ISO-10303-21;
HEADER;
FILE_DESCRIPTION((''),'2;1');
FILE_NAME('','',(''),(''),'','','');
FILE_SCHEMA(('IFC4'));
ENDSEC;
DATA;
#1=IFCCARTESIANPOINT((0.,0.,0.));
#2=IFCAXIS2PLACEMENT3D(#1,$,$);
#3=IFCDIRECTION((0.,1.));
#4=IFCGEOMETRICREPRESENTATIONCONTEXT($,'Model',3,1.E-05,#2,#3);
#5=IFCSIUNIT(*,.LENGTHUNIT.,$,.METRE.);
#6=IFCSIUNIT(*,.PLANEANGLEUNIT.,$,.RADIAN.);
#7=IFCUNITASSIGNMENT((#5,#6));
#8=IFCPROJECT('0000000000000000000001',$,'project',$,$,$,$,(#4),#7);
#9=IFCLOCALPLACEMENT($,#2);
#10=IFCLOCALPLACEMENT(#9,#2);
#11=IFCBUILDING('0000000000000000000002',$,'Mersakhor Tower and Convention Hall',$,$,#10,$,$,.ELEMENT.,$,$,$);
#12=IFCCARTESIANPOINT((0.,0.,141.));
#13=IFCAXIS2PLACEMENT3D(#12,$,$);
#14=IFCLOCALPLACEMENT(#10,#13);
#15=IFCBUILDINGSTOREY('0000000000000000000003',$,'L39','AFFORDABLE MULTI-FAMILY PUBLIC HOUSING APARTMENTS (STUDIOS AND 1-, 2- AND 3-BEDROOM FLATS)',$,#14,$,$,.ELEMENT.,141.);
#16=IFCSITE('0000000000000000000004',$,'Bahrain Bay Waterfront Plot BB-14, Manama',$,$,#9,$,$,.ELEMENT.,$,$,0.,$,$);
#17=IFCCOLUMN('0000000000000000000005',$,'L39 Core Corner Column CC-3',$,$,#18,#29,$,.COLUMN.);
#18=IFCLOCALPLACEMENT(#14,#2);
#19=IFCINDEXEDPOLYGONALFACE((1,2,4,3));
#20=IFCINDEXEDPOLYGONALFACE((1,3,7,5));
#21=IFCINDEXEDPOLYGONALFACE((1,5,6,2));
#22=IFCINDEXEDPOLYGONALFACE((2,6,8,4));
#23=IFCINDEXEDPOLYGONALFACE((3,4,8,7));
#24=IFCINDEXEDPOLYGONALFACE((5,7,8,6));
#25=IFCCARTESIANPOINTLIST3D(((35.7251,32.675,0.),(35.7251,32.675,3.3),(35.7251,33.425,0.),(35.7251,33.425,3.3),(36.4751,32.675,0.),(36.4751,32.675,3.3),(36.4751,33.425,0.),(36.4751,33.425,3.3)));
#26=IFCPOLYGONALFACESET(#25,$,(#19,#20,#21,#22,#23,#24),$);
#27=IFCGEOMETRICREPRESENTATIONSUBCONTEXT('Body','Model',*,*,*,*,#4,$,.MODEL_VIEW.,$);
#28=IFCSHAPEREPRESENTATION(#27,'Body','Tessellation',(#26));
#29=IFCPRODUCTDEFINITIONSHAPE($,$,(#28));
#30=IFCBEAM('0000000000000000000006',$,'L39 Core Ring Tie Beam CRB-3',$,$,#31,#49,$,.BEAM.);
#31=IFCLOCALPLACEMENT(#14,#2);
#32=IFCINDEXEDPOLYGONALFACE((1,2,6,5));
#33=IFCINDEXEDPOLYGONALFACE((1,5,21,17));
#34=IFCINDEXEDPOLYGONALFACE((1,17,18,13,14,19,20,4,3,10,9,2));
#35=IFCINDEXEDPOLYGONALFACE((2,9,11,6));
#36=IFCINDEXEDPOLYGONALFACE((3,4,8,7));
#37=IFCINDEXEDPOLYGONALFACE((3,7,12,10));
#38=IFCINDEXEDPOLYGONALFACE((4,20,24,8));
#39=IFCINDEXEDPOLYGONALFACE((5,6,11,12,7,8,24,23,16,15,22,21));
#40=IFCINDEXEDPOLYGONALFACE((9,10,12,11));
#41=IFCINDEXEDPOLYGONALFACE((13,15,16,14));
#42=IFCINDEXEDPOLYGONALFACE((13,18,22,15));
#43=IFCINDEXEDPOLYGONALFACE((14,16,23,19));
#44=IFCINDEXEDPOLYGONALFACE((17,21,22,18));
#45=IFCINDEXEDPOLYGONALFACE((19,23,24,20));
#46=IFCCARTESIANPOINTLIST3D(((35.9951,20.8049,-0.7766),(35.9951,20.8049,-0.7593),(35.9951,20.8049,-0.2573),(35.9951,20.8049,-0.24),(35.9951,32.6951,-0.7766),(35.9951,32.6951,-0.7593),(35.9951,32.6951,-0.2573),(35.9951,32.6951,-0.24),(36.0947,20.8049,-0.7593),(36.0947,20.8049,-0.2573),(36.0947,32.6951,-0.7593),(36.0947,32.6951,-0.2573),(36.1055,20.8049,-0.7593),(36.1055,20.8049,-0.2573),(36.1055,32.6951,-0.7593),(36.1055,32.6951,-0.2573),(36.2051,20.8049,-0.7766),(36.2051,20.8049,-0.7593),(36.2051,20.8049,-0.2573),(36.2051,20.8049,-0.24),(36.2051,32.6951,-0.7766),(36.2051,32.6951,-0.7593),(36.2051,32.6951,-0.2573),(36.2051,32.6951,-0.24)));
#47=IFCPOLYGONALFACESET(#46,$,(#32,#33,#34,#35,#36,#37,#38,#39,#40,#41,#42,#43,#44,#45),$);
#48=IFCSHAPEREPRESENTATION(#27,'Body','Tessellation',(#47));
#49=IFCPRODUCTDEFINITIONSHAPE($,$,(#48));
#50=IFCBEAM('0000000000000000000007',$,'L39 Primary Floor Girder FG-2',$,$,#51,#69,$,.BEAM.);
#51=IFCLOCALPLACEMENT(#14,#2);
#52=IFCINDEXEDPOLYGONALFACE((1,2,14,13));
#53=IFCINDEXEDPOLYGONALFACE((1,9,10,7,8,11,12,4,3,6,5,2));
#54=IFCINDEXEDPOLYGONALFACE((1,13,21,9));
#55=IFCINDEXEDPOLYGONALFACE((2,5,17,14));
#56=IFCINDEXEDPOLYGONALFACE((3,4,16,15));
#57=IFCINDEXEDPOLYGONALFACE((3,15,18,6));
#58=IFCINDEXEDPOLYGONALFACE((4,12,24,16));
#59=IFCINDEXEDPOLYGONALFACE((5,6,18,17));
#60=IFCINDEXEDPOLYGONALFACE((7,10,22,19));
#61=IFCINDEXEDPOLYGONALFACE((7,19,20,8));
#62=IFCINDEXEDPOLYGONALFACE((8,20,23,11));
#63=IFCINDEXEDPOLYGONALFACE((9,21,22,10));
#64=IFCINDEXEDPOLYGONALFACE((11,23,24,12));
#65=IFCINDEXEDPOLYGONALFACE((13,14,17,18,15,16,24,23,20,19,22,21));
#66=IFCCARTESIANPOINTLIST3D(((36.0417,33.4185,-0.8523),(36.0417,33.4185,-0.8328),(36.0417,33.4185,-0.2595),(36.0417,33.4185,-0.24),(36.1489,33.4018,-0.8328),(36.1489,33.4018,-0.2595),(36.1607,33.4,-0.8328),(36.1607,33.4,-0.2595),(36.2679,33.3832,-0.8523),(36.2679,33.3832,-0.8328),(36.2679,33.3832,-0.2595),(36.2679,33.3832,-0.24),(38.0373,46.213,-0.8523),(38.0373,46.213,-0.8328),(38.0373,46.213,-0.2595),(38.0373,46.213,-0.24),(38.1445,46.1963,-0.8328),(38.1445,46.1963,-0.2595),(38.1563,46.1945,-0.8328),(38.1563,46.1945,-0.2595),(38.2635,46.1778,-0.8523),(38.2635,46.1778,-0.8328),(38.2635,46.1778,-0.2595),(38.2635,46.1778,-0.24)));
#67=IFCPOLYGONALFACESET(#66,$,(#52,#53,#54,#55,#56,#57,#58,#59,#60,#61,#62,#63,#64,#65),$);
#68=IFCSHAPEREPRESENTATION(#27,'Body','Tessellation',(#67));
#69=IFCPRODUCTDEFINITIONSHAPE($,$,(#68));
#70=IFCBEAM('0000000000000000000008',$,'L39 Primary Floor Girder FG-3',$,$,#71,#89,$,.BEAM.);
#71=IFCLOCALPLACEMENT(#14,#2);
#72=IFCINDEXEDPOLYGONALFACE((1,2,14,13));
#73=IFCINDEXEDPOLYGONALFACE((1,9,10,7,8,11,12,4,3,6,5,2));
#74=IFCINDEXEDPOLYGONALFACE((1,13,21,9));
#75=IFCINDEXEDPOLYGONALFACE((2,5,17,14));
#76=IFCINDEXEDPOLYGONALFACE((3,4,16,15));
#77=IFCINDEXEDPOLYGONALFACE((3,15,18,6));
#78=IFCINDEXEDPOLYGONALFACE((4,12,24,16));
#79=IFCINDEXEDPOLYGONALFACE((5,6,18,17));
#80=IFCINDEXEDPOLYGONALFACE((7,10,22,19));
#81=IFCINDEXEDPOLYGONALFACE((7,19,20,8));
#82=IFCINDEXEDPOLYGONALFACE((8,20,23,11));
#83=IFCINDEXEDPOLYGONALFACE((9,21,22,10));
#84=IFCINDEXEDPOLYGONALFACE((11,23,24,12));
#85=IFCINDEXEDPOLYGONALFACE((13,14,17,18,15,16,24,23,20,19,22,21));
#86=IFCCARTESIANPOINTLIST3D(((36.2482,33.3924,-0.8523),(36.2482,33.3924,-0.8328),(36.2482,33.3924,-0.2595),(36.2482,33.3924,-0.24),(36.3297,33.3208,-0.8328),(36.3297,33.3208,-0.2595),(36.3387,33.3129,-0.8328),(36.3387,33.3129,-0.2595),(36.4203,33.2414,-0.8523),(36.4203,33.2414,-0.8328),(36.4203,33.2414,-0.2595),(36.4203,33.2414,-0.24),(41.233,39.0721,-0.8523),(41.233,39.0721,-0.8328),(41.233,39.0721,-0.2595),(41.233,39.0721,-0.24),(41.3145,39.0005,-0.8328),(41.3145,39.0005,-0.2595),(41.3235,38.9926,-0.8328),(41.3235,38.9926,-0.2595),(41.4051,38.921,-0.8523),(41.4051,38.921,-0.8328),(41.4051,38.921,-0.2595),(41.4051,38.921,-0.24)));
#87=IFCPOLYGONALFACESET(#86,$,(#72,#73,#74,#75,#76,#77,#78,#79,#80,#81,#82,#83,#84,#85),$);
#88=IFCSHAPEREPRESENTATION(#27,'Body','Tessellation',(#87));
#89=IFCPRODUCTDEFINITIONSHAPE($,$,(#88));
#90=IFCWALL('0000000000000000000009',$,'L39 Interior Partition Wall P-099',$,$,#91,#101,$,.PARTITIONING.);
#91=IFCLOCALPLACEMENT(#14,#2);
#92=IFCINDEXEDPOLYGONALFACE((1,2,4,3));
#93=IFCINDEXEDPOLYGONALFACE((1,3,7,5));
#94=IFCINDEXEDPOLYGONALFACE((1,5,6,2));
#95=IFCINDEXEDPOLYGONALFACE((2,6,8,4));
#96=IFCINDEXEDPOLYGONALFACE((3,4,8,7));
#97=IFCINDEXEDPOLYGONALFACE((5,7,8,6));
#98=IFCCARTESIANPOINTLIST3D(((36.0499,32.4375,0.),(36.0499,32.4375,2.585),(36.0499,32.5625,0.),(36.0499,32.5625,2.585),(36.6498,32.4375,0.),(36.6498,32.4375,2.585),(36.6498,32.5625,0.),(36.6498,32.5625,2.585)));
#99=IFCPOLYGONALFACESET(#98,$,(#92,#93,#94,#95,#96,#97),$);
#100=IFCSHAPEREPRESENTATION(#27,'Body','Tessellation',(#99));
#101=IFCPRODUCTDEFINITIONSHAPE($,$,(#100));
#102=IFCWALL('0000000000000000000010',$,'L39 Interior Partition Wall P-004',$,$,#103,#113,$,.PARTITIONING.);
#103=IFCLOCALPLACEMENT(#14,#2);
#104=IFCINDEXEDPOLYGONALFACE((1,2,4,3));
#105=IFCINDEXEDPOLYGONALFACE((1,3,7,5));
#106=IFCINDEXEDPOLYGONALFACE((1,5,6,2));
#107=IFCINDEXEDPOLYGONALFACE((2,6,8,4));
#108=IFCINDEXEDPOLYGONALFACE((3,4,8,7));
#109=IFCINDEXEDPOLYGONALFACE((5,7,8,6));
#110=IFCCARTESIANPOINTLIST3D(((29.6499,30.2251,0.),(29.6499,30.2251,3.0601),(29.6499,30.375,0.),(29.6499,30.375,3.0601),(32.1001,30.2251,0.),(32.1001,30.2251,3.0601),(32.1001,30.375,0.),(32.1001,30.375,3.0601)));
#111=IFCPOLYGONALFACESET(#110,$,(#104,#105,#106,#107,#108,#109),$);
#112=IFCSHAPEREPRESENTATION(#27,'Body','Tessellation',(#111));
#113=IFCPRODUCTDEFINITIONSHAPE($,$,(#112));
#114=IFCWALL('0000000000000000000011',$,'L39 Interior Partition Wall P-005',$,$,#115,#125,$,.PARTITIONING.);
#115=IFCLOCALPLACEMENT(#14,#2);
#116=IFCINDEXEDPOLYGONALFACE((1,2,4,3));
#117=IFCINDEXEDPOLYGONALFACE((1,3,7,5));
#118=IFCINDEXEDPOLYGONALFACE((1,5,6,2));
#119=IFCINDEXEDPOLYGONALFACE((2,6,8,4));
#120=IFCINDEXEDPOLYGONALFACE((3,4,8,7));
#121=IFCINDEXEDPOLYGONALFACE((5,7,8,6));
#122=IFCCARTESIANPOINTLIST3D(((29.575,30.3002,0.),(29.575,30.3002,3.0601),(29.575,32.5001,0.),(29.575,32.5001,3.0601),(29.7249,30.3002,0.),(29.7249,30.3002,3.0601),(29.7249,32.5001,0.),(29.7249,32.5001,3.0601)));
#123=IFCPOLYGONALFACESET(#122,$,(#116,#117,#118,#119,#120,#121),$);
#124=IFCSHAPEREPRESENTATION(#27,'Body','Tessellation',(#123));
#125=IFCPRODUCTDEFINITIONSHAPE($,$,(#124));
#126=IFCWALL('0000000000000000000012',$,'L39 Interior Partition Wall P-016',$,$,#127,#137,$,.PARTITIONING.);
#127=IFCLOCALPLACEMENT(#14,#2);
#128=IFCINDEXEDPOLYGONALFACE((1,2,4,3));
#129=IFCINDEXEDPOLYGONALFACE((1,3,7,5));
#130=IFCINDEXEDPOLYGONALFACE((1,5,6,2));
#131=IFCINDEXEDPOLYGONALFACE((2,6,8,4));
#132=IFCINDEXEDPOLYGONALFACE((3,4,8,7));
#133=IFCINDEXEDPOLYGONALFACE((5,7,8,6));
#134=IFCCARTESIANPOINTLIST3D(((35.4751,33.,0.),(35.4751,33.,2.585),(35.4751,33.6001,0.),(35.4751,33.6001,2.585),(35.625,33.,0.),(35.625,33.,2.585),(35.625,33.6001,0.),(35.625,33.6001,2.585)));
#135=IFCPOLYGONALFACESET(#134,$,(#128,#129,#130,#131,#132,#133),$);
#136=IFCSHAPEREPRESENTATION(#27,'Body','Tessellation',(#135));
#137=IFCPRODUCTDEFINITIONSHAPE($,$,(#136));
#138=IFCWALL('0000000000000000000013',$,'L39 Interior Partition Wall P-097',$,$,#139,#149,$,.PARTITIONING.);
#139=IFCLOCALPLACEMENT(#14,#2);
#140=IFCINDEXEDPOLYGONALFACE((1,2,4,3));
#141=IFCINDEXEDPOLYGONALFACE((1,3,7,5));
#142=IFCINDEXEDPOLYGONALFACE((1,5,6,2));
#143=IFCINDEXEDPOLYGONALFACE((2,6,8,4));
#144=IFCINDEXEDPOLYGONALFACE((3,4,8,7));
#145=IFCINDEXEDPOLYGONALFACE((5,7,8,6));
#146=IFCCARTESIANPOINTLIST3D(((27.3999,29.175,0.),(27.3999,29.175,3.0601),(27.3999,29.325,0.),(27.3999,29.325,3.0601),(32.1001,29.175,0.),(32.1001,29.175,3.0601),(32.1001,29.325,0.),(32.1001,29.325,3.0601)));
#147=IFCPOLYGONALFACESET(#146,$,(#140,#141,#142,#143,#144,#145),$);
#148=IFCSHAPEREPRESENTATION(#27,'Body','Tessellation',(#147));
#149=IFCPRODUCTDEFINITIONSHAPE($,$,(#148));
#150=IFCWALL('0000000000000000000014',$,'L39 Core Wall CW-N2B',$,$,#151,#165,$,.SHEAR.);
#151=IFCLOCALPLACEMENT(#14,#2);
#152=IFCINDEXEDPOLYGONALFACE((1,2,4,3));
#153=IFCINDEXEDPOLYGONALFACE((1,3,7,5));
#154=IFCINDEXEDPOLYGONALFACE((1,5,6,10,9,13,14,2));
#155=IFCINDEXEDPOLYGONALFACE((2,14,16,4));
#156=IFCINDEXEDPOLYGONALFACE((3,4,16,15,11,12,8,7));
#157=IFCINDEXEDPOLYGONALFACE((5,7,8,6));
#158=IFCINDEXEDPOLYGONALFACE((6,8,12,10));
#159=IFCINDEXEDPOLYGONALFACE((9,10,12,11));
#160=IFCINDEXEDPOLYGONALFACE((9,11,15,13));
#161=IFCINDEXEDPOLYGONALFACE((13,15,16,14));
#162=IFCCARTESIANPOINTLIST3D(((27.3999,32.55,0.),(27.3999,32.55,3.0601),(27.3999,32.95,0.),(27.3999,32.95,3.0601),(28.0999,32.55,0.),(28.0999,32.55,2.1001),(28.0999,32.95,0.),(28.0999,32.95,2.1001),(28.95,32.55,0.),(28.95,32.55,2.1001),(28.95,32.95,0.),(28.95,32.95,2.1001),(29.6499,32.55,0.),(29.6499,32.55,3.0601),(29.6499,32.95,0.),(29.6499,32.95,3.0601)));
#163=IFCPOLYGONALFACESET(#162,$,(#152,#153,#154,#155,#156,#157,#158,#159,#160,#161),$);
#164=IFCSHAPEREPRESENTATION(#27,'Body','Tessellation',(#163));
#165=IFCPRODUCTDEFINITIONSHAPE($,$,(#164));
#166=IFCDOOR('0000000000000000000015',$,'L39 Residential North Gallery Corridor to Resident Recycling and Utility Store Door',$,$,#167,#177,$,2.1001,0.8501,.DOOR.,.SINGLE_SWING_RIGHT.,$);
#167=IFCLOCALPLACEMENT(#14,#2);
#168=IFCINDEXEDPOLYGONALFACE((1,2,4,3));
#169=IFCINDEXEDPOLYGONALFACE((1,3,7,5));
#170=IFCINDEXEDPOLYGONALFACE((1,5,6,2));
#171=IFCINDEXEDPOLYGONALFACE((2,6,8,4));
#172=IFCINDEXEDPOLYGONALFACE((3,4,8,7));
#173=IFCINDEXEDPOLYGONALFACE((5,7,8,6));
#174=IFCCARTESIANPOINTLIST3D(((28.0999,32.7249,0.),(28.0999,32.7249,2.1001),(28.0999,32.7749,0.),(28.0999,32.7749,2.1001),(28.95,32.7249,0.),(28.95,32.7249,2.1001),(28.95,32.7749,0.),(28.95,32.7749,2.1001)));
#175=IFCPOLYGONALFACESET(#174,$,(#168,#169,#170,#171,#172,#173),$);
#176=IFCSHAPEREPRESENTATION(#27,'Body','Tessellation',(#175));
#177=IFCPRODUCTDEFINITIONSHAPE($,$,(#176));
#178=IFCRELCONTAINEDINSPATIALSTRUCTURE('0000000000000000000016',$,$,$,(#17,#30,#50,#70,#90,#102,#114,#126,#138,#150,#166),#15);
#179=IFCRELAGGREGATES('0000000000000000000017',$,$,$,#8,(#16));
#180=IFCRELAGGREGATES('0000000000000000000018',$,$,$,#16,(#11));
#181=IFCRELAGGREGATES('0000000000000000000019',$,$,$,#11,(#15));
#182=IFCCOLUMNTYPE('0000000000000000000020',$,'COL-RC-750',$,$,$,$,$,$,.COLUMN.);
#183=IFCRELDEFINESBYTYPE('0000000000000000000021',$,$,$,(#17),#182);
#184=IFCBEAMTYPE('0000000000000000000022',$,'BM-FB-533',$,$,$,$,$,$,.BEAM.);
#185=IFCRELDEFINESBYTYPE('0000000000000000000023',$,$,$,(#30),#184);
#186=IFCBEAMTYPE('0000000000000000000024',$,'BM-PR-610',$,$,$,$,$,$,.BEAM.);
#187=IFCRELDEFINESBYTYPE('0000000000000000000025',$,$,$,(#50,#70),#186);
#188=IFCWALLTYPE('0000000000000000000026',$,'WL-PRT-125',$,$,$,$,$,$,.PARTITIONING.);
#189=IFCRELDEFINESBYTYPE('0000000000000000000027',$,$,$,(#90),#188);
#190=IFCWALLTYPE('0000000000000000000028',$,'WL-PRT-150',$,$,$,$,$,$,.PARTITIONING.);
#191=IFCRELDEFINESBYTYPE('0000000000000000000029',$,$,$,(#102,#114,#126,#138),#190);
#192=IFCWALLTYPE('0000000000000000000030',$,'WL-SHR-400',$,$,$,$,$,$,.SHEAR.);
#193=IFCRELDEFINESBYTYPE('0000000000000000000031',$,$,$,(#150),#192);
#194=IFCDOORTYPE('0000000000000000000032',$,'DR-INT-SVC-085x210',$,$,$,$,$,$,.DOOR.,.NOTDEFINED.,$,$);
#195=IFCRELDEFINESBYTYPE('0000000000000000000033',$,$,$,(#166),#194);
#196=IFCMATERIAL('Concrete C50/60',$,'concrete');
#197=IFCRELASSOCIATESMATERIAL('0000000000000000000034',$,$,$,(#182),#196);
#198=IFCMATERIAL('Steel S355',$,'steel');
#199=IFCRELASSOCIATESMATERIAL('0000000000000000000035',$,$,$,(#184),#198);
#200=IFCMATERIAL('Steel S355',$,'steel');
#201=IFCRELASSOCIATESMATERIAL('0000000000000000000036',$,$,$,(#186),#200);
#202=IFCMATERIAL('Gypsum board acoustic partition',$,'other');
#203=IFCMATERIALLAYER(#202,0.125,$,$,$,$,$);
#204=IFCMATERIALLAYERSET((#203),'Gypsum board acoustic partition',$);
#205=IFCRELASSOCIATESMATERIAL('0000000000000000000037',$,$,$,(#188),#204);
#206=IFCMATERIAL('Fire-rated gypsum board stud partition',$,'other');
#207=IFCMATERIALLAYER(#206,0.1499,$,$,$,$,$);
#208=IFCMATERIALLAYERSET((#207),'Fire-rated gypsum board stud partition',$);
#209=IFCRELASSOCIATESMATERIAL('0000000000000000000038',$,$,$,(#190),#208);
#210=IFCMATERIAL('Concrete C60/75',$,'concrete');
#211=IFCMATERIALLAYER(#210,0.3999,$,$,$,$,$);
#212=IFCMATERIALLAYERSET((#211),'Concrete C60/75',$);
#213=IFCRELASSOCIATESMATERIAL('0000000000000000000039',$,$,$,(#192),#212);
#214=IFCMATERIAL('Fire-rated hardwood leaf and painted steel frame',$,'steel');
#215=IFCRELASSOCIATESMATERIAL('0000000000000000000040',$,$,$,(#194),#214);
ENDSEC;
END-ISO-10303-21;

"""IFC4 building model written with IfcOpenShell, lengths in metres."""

from ifc_helpers import new_model, si_unit, direction, frame, frame_2d, origin, origin_2d, place, context, subcontext, project, spatial, rectangle, i_section, extrude, material, layer, layer_set, material_profile, profile_set, type_object, element, fill, save


model = new_model("IFC4")

# Units and contexts
model_context = context("Model", 3, precision=1e-05, world=origin(), true_north=direction((0.0, 1.0)))
body_context = subcontext(model_context, "Body", "Model", "MODEL_VIEW")
ifc_project = project(units=[si_unit("LENGTHUNIT", "METRE"), si_unit("PLANEANGLEUNIT", "RADIAN")], contexts=[model_context])

# Site, building, storey
site_placement = place(None, origin())
site = spatial("IfcSite", under=ifc_project, at=site_placement, Name="Bahrain Bay Waterfront Plot BB-14, Manama", CompositionType="ELEMENT", RefElevation=0.0)
building_placement = place(site_placement, origin())
building = spatial("IfcBuilding", under=site, at=building_placement, Name="Mersakhor Tower and Convention Hall", CompositionType="ELEMENT")
storey_placement = place(building_placement, frame((0.0, 0.0, 141.0)))
storey = spatial("IfcBuildingStorey", under=building, at=storey_placement, Name="L39", Description="AFFORDABLE MULTI-FAMILY PUBLIC HOUSING APARTMENTS (STUDIOS AND 1-, 2- AND 3-BEDROOM FLATS)", CompositionType="ELEMENT", Elevation=141.0)

# Column
ifc_material_1 = material(Name="Concrete C50/60", Category="concrete")
ifc_material_profile_1 = material_profile(ifc_material_1, rectangle(XDim=0.75, YDim=0.75, at=origin_2d()), Name="RC 750x750")
ifc_profile_set_1 = profile_set([ifc_material_profile_1], Name="Concrete C50/60")
column_type = type_object("IfcColumnType", Name="COL-RC-750", PredefinedType="COLUMN", material=ifc_profile_set_1)
column_placement = place(storey_placement, frame((36.1001, 33.05, 0.0), z_axis=(0.0, 0.0, 1.0), x_axis=(1.0, 0.0, 0.0)))
element("IfcColumn", 1, at=column_placement, inside=storey, type_object=column_type, Name="L39 Core Corner Column CC-3", PredefinedType="COLUMN", context=body_context, shape_type="SweptSolid", body=[
    extrude(rectangle(XDim=0.75, YDim=0.75, at=origin_2d()), origin(), (0.0, 0.0, 1.0), 3.3),
])

# Beams
ifc_material_2 = material(Name="Steel S355", Category="steel")
ifc_material_profile_2 = material_profile(ifc_material_2, i_section(OverallWidth=0.21, OverallDepth=0.5366, WebThickness=0.0107, FlangeThickness=0.0173, at=origin_2d()), Name="UB 533x210x101")
ifc_profile_set_2 = profile_set([ifc_material_profile_2], Name="Steel S355")
beam_type_1 = type_object("IfcBeamType", Name="BM-FB-533", PredefinedType="BEAM", material=ifc_profile_set_2)
beam_1_placement = place(storey_placement, frame((36.1001, 32.6951, -0.5083), z_axis=(0.0, -1.0, 0.0), x_axis=(1.0, 0.0, 0.0)))
element("IfcBeam", 2, at=beam_1_placement, inside=storey, type_object=beam_type_1, Name="L39 Core Ring Tie Beam CRB-3", PredefinedType="BEAM", context=body_context, shape_type="SweptSolid", body=[
    extrude(i_section(OverallWidth=0.21, OverallDepth=0.5366, WebThickness=0.0107, FlangeThickness=0.0173, at=origin_2d()), origin(), (0.0, 0.0, 1.0), 11.8901),
])
ifc_material_3 = material(Name="Steel S355", Category="steel")
ifc_material_profile_3 = material_profile(ifc_material_3, i_section(OverallWidth=0.229, OverallDepth=0.6123, WebThickness=0.012, FlangeThickness=0.0195, at=origin_2d()), Name="UB 610x229x125")
ifc_profile_set_3 = profile_set([ifc_material_profile_3], Name="Steel S355")
beam_type_2 = type_object("IfcBeamType", Name="BM-PR-610", PredefinedType="BEAM", material=ifc_profile_set_3)
beam_2_placement = place(storey_placement, frame((36.1548, 33.4009, -0.5461), z_axis=(0.154111, 0.988054, 0.0), x_axis=(-0.988054, 0.154111, 0.0)))
element("IfcBeam", 3, at=beam_2_placement, inside=storey, type_object=beam_type_2, Name="L39 Primary Floor Girder FG-2", PredefinedType="BEAM", context=body_context, shape_type="SweptSolid", body=[
    extrude(i_section(OverallWidth=0.229, OverallDepth=0.6123, WebThickness=0.012, FlangeThickness=0.0195, at=origin_2d()), origin(), (0.0, 0.0, 1.0), 12.9492),
])
beam_3_placement = place(storey_placement, frame((36.3342, 33.3169, -0.5461), z_axis=(0.659638, 0.751583, 0.0), x_axis=(-0.751583, 0.659638, 0.0)))
element("IfcBeam", 4, at=beam_3_placement, inside=storey, type_object=beam_type_2, Name="L39 Primary Floor Girder FG-3", PredefinedType="BEAM", context=body_context, shape_type="SweptSolid", body=[
    extrude(i_section(OverallWidth=0.229, OverallDepth=0.6123, WebThickness=0.012, FlangeThickness=0.0195, at=origin_2d()), origin(), (0.0, 0.0, 1.0), 7.5569),
])

# Walls
ifc_material_4 = material(Name="Gypsum board acoustic partition", Category="other")
ifc_layer_1 = layer(ifc_material_4, 0.125)
ifc_layer_set_1 = layer_set([ifc_layer_1], Name="Gypsum board acoustic partition")
wall_type_1 = type_object("IfcWallType", Name="WL-PRT-125", PredefinedType="PARTITIONING", material=ifc_layer_set_1)
wall_1_placement = place(storey_placement, frame((36.05, 32.5, 0.0), z_axis=(0.0, 0.0, 1.0), x_axis=(1.0, 0.0, 0.0)))
element("IfcWall", 5, at=wall_1_placement, inside=storey, type_object=wall_type_1, Name="L39 Interior Partition Wall P-099", PredefinedType="PARTITIONING", context=body_context, shape_type="SweptSolid", body=[
    extrude(rectangle(XDim=0.5999, YDim=0.125, at=frame_2d((0.2998, 0.0))), origin(), (0.0, 0.0, 1.0), 2.585),
])
ifc_material_5 = material(Name="Fire-rated gypsum board stud partition", Category="other")
ifc_layer_2 = layer(ifc_material_5, 0.1499)
ifc_layer_set_2 = layer_set([ifc_layer_2], Name="Fire-rated gypsum board stud partition")
wall_type_2 = type_object("IfcWallType", Name="WL-PRT-150", PredefinedType="PARTITIONING", material=ifc_layer_set_2)
wall_2_placement = place(storey_placement, frame((32.1001, 30.3, 0.0), z_axis=(0.0, 0.0, 1.0), x_axis=(-1.0, 0.0, 0.0)))
element("IfcWall", 6, at=wall_2_placement, inside=storey, type_object=wall_type_2, Name="L39 Interior Partition Wall P-004", PredefinedType="PARTITIONING", context=body_context, shape_type="SweptSolid", body=[
    extrude(rectangle(XDim=2.4502, YDim=0.1499, at=frame_2d((1.2251, 0.0))), origin(), (0.0, 0.0, 1.0), 3.0601),
])
wall_3_placement = place(storey_placement, frame((29.6499, 30.3, 0.0), z_axis=(0.0, 0.0, 1.0), x_axis=(0.0, 1.0, 0.0)))
element("IfcWall", 7, at=wall_3_placement, inside=storey, type_object=wall_type_2, Name="L39 Interior Partition Wall P-005", PredefinedType="PARTITIONING", context=body_context, shape_type="SweptSolid", body=[
    extrude(rectangle(XDim=2.2, YDim=0.1499, at=frame_2d((1.1001, 0.0))), origin(), (0.0, 0.0, 1.0), 3.0601),
])
wall_4_placement = place(storey_placement, frame((35.55, 33.6001, 0.0), z_axis=(0.0, 0.0, 1.0), x_axis=(0.0, -1.0, 0.0)))
element("IfcWall", 8, at=wall_4_placement, inside=storey, type_object=wall_type_2, Name="L39 Interior Partition Wall P-016", PredefinedType="PARTITIONING", context=body_context, shape_type="SweptSolid", body=[
    extrude(rectangle(XDim=0.6001, YDim=0.1499, at=frame_2d((0.3, 0.0))), origin(), (0.0, 0.0, 1.0), 2.585),
])
wall_5_placement = place(storey_placement, frame((32.1001, 29.25, 0.0), z_axis=(0.0, 0.0, 1.0), x_axis=(-1.0, 0.0, 0.0)))
element("IfcWall", 9, at=wall_5_placement, inside=storey, type_object=wall_type_2, Name="L39 Interior Partition Wall P-097", PredefinedType="PARTITIONING", context=body_context, shape_type="SweptSolid", body=[
    extrude(rectangle(XDim=4.7002, YDim=0.1499, at=frame_2d((2.3501, 0.0))), origin(), (0.0, 0.0, 1.0), 3.0601),
])

# Wall, opening, door
ifc_material_6 = material(Name="Concrete C60/75", Category="concrete")
ifc_layer_3 = layer(ifc_material_6, 0.3999)
ifc_layer_set_3 = layer_set([ifc_layer_3], Name="Concrete C60/75")
wall_type_3 = type_object("IfcWallType", Name="WL-SHR-400", PredefinedType="SHEAR", material=ifc_layer_set_3)
wall_6_placement = place(storey_placement, frame((27.3999, 32.75, 0.0), z_axis=(0.0, 0.0, 1.0), x_axis=(1.0, 0.0, 0.0)))
wall_6 = element("IfcWall", 10, at=wall_6_placement, inside=storey, type_object=wall_type_3, Name="L39 Core Wall CW-N2B", PredefinedType="SHEAR", context=body_context, shape_type="SweptSolid", body=[
    extrude(rectangle(XDim=2.25, YDim=0.3999, at=frame_2d((1.125, 0.0))), origin(), (0.0, 0.0, 1.0), 3.0601),
])
opening_1_placement = place(wall_6_placement, frame((0.7, 0.0, 0.0)))
opening_1 = element("IfcOpeningElement", 11, at=opening_1_placement, cuts=wall_6, PredefinedType="OPENING", context=body_context, shape_type="SweptSolid", body=[
    extrude(rectangle(XDim=0.8501, YDim=2.1001, at=frame_2d((0.425, 1.05))), frame((0.0, 0.21, 0.0), z_axis=(0.0, -1.0, 0.0), x_axis=(1.0, 0.0, 0.0)), (0.0, 0.0, 1.0), 0.4199),
])
ifc_material_7 = material(Name="Fire-rated hardwood leaf and painted steel frame", Category="steel")
door_type_1 = type_object("IfcDoorType", Name="DR-INT-SVC-085x210", OperationType="NOTDEFINED", PredefinedType="DOOR", material=ifc_material_7)
door_1_placement = place(opening_1_placement, origin())
door_1 = element("IfcDoor", 12, at=door_1_placement, inside=storey, type_object=door_type_1, Name="L39 Residential North Gallery Corridor to Resident Recycling and Utility Store Door", OperationType="SINGLE_SWING_RIGHT", OverallHeight=2.1001, OverallWidth=0.8501, PredefinedType="DOOR", context=body_context, shape_type="SweptSolid", body=[
    extrude(rectangle(XDim=0.8501, YDim=2.1001, at=frame_2d((0.425, 1.05))), frame((0.0, 0.0249, 0.0), z_axis=(0.0, -1.0, 0.0), x_axis=(1.0, 0.0, 0.0)), (0.0, 0.0, 1.0), 0.05),
])
fill(opening_1, door_1)

save(model, "model.ifc")
